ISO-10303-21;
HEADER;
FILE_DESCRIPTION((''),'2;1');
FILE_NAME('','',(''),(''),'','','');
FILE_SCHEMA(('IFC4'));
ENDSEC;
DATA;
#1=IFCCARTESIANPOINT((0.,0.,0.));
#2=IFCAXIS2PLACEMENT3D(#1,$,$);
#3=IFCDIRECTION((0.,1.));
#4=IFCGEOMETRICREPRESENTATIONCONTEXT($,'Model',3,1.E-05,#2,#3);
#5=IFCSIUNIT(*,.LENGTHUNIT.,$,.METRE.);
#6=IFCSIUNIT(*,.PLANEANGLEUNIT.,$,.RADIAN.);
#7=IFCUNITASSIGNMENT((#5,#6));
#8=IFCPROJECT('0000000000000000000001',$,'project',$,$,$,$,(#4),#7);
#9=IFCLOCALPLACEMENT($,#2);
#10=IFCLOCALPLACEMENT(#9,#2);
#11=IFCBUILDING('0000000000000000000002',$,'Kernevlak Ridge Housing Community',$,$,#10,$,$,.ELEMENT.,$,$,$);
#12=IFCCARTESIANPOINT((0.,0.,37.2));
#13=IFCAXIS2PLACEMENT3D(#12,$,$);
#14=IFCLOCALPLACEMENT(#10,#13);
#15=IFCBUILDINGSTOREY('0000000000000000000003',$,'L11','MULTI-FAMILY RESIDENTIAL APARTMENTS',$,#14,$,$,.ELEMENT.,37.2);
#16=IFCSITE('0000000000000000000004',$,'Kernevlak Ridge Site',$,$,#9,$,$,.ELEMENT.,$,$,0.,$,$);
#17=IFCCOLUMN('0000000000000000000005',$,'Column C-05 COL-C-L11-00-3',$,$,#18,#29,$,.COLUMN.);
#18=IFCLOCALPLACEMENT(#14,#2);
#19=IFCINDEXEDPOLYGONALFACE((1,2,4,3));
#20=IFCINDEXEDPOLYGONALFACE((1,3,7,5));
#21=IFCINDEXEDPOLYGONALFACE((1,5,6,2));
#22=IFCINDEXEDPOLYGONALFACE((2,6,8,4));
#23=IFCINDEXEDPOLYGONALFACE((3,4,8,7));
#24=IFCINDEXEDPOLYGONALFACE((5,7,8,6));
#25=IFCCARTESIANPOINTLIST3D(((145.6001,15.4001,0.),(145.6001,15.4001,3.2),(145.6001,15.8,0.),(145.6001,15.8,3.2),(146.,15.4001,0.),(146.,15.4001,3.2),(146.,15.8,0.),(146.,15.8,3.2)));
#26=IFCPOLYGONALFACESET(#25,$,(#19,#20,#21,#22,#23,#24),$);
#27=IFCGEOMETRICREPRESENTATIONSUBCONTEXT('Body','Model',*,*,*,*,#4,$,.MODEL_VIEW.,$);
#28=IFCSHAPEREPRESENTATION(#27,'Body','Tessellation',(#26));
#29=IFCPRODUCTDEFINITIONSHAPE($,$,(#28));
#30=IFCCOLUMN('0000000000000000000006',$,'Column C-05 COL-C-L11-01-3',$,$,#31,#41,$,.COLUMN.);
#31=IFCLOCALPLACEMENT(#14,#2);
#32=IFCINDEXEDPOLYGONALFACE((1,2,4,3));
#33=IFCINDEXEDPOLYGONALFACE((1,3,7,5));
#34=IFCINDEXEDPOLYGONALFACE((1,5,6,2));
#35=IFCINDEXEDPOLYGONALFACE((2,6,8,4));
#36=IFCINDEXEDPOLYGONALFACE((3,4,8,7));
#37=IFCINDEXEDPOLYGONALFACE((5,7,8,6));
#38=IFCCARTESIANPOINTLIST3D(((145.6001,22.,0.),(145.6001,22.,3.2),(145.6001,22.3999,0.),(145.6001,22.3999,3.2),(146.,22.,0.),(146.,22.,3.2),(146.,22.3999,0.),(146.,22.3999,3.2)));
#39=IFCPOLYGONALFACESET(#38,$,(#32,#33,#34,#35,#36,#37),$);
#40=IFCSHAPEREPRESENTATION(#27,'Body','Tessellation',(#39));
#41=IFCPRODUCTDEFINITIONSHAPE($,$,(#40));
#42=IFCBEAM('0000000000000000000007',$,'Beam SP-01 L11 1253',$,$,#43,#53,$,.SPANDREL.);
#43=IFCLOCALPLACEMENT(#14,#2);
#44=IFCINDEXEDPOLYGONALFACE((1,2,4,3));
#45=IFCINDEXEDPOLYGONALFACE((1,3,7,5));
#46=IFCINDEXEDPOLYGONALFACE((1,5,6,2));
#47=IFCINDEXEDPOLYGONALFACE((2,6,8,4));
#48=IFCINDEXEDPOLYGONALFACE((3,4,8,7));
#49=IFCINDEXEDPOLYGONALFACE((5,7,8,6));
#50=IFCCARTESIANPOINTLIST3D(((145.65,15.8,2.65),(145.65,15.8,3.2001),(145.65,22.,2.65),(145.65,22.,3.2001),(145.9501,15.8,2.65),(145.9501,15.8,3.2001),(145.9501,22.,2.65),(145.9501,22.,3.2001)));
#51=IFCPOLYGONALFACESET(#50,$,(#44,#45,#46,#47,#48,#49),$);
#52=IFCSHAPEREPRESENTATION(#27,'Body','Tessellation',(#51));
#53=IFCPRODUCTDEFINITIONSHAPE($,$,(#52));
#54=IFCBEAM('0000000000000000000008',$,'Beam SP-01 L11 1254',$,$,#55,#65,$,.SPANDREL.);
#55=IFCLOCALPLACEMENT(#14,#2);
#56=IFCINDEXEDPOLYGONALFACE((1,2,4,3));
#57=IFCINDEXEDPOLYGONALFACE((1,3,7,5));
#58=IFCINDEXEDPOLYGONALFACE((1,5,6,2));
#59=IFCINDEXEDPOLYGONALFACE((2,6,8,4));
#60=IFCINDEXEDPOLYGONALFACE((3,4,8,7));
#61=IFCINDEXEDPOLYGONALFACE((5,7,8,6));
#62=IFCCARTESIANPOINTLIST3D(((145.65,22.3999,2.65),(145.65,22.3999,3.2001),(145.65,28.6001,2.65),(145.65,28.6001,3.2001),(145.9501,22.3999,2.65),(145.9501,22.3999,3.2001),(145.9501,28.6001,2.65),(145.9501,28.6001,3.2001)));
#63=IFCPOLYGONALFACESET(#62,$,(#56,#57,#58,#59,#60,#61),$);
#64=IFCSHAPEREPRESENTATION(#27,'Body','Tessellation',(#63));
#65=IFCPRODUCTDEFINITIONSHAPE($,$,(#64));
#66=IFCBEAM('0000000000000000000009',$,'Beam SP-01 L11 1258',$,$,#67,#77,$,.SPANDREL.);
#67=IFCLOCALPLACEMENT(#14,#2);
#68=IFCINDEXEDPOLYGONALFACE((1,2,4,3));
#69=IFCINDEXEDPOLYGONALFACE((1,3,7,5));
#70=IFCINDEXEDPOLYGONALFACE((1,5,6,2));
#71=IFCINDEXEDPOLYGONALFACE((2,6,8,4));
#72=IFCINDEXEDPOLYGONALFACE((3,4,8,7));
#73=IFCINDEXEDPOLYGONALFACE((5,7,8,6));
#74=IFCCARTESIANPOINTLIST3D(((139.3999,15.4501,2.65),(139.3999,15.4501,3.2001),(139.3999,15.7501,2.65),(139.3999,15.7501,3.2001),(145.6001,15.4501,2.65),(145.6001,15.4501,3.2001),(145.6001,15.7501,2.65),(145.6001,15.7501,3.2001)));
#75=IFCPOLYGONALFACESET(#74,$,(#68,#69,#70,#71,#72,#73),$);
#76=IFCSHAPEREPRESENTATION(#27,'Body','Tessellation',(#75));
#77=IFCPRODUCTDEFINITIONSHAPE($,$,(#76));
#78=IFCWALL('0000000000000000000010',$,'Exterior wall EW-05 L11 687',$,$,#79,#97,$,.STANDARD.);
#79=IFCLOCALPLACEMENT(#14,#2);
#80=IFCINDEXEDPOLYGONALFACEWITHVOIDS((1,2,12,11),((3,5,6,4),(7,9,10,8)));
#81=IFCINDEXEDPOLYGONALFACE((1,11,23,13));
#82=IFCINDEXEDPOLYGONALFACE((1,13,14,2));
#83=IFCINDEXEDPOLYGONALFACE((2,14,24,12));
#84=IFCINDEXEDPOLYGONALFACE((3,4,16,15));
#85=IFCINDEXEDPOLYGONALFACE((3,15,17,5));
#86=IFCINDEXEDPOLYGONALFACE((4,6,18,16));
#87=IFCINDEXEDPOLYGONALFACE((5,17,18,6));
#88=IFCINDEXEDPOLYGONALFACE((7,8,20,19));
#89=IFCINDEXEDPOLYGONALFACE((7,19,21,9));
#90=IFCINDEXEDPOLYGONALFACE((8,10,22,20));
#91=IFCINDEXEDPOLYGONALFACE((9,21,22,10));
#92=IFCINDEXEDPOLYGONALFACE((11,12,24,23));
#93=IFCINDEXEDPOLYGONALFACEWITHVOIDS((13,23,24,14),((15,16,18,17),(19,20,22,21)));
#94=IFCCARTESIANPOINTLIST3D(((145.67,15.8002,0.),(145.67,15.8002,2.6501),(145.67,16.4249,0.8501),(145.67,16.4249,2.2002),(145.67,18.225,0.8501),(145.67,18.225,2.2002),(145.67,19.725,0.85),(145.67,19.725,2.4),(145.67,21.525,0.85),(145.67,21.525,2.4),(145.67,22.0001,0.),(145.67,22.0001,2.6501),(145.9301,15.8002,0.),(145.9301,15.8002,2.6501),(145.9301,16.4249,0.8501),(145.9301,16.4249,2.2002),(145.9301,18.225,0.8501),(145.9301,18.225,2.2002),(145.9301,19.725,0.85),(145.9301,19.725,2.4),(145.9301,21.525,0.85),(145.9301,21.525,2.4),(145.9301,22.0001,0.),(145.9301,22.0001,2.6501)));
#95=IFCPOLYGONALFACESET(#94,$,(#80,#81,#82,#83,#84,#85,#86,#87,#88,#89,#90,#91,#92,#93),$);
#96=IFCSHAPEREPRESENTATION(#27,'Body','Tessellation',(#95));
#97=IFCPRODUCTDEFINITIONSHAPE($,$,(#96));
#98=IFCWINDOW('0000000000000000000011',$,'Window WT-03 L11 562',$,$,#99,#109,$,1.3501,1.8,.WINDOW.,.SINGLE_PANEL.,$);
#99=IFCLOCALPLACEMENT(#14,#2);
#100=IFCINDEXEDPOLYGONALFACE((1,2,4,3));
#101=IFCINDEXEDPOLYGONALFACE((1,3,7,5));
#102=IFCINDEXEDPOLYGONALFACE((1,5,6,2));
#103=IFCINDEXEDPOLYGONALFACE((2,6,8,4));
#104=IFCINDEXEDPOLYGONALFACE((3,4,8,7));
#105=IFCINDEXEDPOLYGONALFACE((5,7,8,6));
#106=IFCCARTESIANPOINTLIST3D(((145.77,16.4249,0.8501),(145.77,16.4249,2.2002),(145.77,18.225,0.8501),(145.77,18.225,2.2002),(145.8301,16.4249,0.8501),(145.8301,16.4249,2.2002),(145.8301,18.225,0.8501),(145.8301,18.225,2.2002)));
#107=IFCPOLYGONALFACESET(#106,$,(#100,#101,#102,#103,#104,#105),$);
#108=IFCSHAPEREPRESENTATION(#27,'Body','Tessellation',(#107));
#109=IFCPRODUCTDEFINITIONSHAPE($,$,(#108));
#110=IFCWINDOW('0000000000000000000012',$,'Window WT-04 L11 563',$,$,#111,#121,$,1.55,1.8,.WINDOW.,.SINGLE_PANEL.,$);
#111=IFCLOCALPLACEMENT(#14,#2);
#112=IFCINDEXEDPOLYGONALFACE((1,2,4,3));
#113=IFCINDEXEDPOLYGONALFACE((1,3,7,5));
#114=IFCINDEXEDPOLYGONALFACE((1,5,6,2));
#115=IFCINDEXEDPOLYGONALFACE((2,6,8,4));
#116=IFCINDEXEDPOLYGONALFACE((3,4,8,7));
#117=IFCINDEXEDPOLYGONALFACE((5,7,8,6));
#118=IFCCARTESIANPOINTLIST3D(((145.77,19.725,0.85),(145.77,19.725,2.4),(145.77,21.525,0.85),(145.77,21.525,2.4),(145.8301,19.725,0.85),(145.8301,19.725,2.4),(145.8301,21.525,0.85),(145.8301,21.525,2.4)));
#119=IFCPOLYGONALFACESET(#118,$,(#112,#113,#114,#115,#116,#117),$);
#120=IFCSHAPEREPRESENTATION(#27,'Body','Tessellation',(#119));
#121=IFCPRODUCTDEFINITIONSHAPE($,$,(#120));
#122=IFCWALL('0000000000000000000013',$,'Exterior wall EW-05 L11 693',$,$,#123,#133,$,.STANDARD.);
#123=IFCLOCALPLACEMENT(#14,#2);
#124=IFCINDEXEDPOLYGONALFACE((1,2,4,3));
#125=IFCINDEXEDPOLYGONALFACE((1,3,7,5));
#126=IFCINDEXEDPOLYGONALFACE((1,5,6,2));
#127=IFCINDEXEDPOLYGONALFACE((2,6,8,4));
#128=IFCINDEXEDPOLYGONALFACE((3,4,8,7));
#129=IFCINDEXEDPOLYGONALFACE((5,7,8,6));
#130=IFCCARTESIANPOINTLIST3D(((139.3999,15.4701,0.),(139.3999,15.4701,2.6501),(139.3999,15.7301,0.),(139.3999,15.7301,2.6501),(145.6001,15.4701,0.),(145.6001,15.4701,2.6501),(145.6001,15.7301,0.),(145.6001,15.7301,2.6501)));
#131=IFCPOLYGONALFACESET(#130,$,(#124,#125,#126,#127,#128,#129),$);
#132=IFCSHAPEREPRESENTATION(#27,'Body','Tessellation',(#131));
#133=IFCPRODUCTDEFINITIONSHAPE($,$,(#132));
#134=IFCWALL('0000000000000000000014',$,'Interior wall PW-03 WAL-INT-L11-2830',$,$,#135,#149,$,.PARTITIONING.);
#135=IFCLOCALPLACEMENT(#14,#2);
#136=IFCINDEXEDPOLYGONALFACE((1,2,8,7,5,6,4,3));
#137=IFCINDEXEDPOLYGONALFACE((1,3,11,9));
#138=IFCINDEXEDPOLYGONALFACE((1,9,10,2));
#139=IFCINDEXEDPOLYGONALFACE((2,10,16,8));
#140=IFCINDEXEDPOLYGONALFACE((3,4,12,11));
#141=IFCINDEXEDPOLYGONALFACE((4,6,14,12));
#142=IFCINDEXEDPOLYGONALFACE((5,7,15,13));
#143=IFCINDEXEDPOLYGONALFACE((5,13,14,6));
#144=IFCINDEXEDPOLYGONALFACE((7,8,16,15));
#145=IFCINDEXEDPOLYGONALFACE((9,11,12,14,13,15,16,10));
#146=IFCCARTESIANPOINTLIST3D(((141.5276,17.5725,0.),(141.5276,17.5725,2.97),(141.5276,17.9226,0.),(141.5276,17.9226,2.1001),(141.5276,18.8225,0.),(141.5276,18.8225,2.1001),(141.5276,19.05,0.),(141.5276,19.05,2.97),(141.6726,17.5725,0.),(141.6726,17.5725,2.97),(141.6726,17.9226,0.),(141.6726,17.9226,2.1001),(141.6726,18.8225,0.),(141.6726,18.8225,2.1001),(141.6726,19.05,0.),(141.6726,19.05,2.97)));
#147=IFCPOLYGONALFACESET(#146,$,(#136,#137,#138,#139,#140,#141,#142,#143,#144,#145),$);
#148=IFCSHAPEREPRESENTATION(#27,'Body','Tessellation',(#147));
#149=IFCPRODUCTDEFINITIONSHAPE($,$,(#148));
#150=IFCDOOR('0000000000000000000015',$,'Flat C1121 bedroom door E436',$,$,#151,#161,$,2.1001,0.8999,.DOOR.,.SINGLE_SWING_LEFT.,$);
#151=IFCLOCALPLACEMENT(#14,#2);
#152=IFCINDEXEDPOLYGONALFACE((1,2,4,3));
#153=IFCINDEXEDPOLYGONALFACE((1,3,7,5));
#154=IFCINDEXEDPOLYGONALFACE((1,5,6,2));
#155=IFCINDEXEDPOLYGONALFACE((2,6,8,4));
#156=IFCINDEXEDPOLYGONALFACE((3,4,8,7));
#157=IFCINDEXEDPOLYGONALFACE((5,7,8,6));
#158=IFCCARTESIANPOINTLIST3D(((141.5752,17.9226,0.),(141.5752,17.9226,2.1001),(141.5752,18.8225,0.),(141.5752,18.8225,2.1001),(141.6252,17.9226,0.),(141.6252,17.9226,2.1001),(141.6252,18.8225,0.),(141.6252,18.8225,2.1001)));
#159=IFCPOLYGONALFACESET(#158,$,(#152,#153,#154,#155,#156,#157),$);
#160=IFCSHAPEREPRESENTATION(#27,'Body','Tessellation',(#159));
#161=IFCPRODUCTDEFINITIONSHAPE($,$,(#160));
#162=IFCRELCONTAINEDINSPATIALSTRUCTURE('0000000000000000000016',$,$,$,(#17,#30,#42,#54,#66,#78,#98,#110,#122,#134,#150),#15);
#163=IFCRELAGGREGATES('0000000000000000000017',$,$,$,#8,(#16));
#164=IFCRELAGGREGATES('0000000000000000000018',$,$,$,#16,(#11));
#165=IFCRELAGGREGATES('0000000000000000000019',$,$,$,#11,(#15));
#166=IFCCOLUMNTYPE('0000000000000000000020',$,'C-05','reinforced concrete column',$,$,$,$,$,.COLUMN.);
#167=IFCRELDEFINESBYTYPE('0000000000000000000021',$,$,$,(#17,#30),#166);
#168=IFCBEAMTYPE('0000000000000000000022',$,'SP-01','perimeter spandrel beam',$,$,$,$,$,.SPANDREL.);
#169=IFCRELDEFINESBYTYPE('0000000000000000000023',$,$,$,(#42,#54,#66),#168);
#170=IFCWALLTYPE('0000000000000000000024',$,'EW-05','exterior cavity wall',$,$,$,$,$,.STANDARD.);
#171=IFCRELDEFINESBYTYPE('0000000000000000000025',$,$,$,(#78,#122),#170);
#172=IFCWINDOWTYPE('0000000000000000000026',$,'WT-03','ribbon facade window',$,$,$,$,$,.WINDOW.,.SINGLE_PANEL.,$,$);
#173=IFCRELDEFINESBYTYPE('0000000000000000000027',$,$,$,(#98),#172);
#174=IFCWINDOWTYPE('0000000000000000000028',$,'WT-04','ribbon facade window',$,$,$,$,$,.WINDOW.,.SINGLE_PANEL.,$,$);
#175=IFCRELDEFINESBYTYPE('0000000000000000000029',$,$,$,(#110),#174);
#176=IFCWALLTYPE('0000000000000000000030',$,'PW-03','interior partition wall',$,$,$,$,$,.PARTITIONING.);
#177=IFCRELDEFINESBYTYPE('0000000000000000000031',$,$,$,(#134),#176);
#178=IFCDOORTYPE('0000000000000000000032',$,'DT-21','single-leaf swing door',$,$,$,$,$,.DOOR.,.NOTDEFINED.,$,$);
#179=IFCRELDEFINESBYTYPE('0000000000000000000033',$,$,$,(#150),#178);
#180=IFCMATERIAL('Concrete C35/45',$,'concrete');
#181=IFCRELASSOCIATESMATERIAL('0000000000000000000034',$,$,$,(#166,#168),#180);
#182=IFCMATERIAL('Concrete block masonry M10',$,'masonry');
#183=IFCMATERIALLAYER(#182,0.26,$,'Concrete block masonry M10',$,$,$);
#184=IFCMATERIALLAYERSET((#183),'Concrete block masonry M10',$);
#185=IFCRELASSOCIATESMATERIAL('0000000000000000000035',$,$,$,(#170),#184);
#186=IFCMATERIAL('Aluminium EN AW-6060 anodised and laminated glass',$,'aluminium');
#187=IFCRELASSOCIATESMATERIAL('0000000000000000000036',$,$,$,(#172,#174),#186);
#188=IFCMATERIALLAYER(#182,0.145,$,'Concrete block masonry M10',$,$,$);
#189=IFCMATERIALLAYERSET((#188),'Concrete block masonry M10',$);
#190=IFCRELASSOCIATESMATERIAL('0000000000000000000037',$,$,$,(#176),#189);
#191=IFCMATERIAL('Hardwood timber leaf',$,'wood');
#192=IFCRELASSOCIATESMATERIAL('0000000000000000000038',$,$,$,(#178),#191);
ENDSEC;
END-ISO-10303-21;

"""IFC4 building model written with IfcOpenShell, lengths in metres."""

from ifc_helpers import new_model, si_unit, direction, frame, frame_2d, origin, origin_2d, place, context, subcontext, project, spatial, rectangle, extrude, material, layer, layer_set, material_profile, profile_set, type_object, element, fill, save


model = new_model("IFC4")

# Units and contexts
model_context = context("Model", 3, precision=1e-05, world=origin(), true_north=direction((0.0, 1.0)))
body_context = subcontext(model_context, "Body", "Model", "MODEL_VIEW")
ifc_project = project(units=[si_unit("LENGTHUNIT", "METRE"), si_unit("PLANEANGLEUNIT", "RADIAN")], contexts=[model_context])

# Site, building, storey
site_placement = place(None, origin())
site = spatial("IfcSite", under=ifc_project, at=site_placement, Name="Kernevlak Ridge Site", CompositionType="ELEMENT", RefElevation=0.0)
building_placement = place(site_placement, origin())
building = spatial("IfcBuilding", under=site, at=building_placement, Name="Kernevlak Ridge Housing Community", CompositionType="ELEMENT")
storey_placement = place(building_placement, frame((0.0, 0.0, 37.2)))
storey = spatial("IfcBuildingStorey", under=building, at=storey_placement, Name="L11", Description="MULTI-FAMILY RESIDENTIAL APARTMENTS", CompositionType="ELEMENT", Elevation=37.2)

# Columns
ifc_material_1 = material(Name="Concrete C35/45", Category="concrete")
ifc_material_profile_1 = material_profile(ifc_material_1, rectangle(XDim=0.3999, YDim=0.3999, at=origin_2d()), Name="RC 400x400")
ifc_profile_set_1 = profile_set([ifc_material_profile_1], Name="Concrete C35/45")
column_type = type_object("IfcColumnType", Name="C-05", Description="reinforced concrete column", PredefinedType="COLUMN", material=ifc_profile_set_1)
for number, where, z_axis, x_axis, name in (
    (1, (145.8, 15.6001, 0.0), (0.0, 0.0, 1.0), (1.0, 0.0, 0.0), "Column C-05 COL-C-L11-00-3"),
    (2, (145.8, 22.2, 0.0), (0.0, 0.0, 1.0), (1.0, 0.0, 0.0), "Column C-05 COL-C-L11-01-3"),
):
    element("IfcColumn", number, at=place(storey_placement, frame(where, z_axis=z_axis, x_axis=x_axis)), inside=storey, type_object=column_type, Name=name, PredefinedType="COLUMN", context=body_context, shape_type="SweptSolid", body=[
        extrude(rectangle(XDim=0.3999, YDim=0.3999, at=origin_2d()), origin(), (0.0, 0.0, 1.0), 3.2),
    ])

# Beams
ifc_material_profile_2 = material_profile(ifc_material_1, rectangle(XDim=0.3, YDim=0.55, at=origin_2d()), Name="RC 300x550")
ifc_profile_set_2 = profile_set([ifc_material_profile_2], Name="Concrete C35/45")
beam_type = type_object("IfcBeamType", Name="SP-01", Description="perimeter spandrel beam", PredefinedType="SPANDREL", material=ifc_profile_set_2)
beam_placement = place(storey_placement, frame((145.8, 15.8, 2.925), z_axis=(0.0, 1.0, 0.0), x_axis=(-1.0, 0.0, 0.0)))
element("IfcBeam", 3, at=beam_placement, inside=storey, type_object=beam_type, Name="Beam SP-01 L11 1253", PredefinedType="SPANDREL", context=body_context, shape_type="SweptSolid", body=[
    extrude(rectangle(XDim=0.3, YDim=0.55, at=origin_2d()), origin(), (0.0, 0.0, 1.0), 6.2),
])
for number, where, z_axis, x_axis, name in (
    (4, (145.8, 22.3999, 2.925), (0.0, 1.0, 0.0), (-1.0, 0.0, 0.0), "Beam SP-01 L11 1254"),
    (5, (139.3999, 15.6001, 2.925), (1.0, 0.0, 0.0), (0.0, 1.0, 0.0), "Beam SP-01 L11 1258"),
):
    element("IfcBeam", number, at=place(storey_placement, frame(where, z_axis=z_axis, x_axis=x_axis)), inside=storey, type_object=beam_type, Name=name, PredefinedType="SPANDREL", context=body_context, shape_type="SweptSolid", body=[
        extrude(rectangle(XDim=0.3, YDim=0.55, at=origin_2d()), origin(), (0.0, 0.0, 1.0), 6.2002),
    ])

# Wall, openings, windows
ifc_material_2 = material(Name="Concrete block masonry M10", Category="masonry")
ifc_layer_1 = layer(ifc_material_2, 0.26, Name="Concrete block masonry M10")
ifc_layer_set_1 = layer_set([ifc_layer_1], Name="Concrete block masonry M10")
wall_type_1 = type_object("IfcWallType", Name="EW-05", Description="exterior cavity wall", PredefinedType="STANDARD", material=ifc_layer_set_1)
wall_1_placement = place(storey_placement, frame((145.8, 15.8, 0.0), z_axis=(0.0, 0.0, 1.0), x_axis=(0.0, 1.0, 0.0)))
wall_1 = element("IfcWall", 6, at=wall_1_placement, inside=storey, type_object=wall_type_1, Name="Exterior wall EW-05 L11 687", PredefinedType="STANDARD", context=body_context, shape_type="SweptSolid", body=[
    extrude(rectangle(XDim=6.2, YDim=0.26, at=frame_2d((3.1001, 0.0))), origin(), (0.0, 0.0, 1.0), 2.6501),
])
opening_1_placement = place(wall_1_placement, frame((0.625, 0.0, 0.8501)))
opening_1 = element("IfcOpeningElement", 7, at=opening_1_placement, cuts=wall_1, PredefinedType="OPENING", context=body_context, shape_type="SweptSolid", body=[
    extrude(rectangle(XDim=1.8, YDim=1.3501, at=frame_2d((0.8999, 0.675))), frame((0.0, 0.1399, 0.0), z_axis=(0.0, -1.0, 0.0), x_axis=(1.0, 0.0, 0.0)), (0.0, 0.0, 1.0), 0.28),
])
opening_2_placement = place(wall_1_placement, frame((3.925, 0.0, 0.8501)))
opening_2 = element("IfcOpeningElement", 8, at=opening_2_placement, cuts=wall_1, PredefinedType="OPENING", context=body_context, shape_type="SweptSolid", body=[
    extrude(rectangle(XDim=1.8, YDim=1.55, at=frame_2d((0.8999, 0.7749))), frame((0.0, 0.1399, 0.0), z_axis=(0.0, -1.0, 0.0), x_axis=(1.0, 0.0, 0.0)), (0.0, 0.0, 1.0), 0.28),
])
ifc_material_3 = material(Name="Aluminium EN AW-6060 anodised and laminated glass", Category="aluminium")
window_type_1 = type_object("IfcWindowType", Name="WT-03", Description="ribbon facade window", PartitioningType="SINGLE_PANEL", PredefinedType="WINDOW", material=ifc_material_3)
window_1_placement = place(opening_1_placement, origin())
window_1 = element("IfcWindow", 9, at=window_1_placement, inside=storey, type_object=window_type_1, Name="Window WT-03 L11 562", OverallHeight=1.3501, OverallWidth=1.8, PartitioningType="SINGLE_PANEL", PredefinedType="WINDOW", context=body_context, shape_type="SweptSolid", body=[
    extrude(rectangle(XDim=1.8, YDim=1.3501, at=frame_2d((0.8999, 0.675))), frame((0.0, 0.03, 0.0), z_axis=(0.0, -1.0, 0.0), x_axis=(1.0, 0.0, 0.0)), (0.0, 0.0, 1.0), 0.0601),
])
fill(opening_1, window_1)
window_type_2 = type_object("IfcWindowType", Name="WT-04", Description="ribbon facade window", PartitioningType="SINGLE_PANEL", PredefinedType="WINDOW", material=ifc_material_3)
window_2_placement = place(opening_2_placement, origin())
window_2 = element("IfcWindow", 10, at=window_2_placement, inside=storey, type_object=window_type_2, Name="Window WT-04 L11 563", OverallHeight=1.55, OverallWidth=1.8, PartitioningType="SINGLE_PANEL", PredefinedType="WINDOW", context=body_context, shape_type="SweptSolid", body=[
    extrude(rectangle(XDim=1.8, YDim=1.55, at=frame_2d((0.8999, 0.7749))), frame((0.0, 0.03, 0.0), z_axis=(0.0, -1.0, 0.0), x_axis=(1.0, 0.0, 0.0)), (0.0, 0.0, 1.0), 0.0601),
])
fill(opening_2, window_2)

# Wall
wall_2_placement = place(storey_placement, frame((139.3999, 15.6001, 0.0), z_axis=(0.0, 0.0, 1.0), x_axis=(1.0, 0.0, 0.0)))
element("IfcWall", 11, at=wall_2_placement, inside=storey, type_object=wall_type_1, Name="Exterior wall EW-05 L11 693", PredefinedType="STANDARD", context=body_context, shape_type="SweptSolid", body=[
    extrude(rectangle(XDim=6.2002, YDim=0.26, at=frame_2d((3.1001, 0.0))), origin(), (0.0, 0.0, 1.0), 2.6501),
])

# Wall, opening, door
ifc_layer_2 = layer(ifc_material_2, 0.145, Name="Concrete block masonry M10")
ifc_layer_set_2 = layer_set([ifc_layer_2], Name="Concrete block masonry M10")
wall_type_2 = type_object("IfcWallType", Name="PW-03", Description="interior partition wall", PredefinedType="PARTITIONING", material=ifc_layer_set_2)
wall_3_placement = place(storey_placement, frame((141.6001, 17.5725, 0.0), z_axis=(0.0, 0.0, 1.0), x_axis=(0.0, 1.0, 0.0)))
wall_3 = element("IfcWall", 12, at=wall_3_placement, inside=storey, type_object=wall_type_2, Name="Interior wall PW-03 WAL-INT-L11-2830", PredefinedType="PARTITIONING", context=body_context, shape_type="SweptSolid", body=[
    extrude(rectangle(XDim=1.4775, YDim=0.145, at=frame_2d((0.7388, 0.0))), origin(), (0.0, 0.0, 1.0), 2.97),
])
opening_3_placement = place(wall_3_placement, frame((0.3501, 0.0, 0.0)))
opening_3 = element("IfcOpeningElement", 13, at=opening_3_placement, cuts=wall_3, PredefinedType="OPENING", context=body_context, shape_type="SweptSolid", body=[
    extrude(rectangle(XDim=0.8999, YDim=2.1001, at=frame_2d((0.45, 1.05))), frame((0.0, 0.0825, 0.0), z_axis=(0.0, -1.0, 0.0), x_axis=(1.0, 0.0, 0.0)), (0.0, 0.0, 1.0), 0.165),
])
ifc_material_4 = material(Name="Hardwood timber leaf", Category="wood")
door_type_1 = type_object("IfcDoorType", Name="DT-21", Description="single-leaf swing door", OperationType="NOTDEFINED", PredefinedType="DOOR", material=ifc_material_4)
door_1_placement = place(opening_3_placement, origin())
door_1 = element("IfcDoor", 14, at=door_1_placement, inside=storey, type_object=door_type_1, Name="Flat C1121 bedroom door E436", OperationType="SINGLE_SWING_LEFT", OverallHeight=2.1001, OverallWidth=0.8999, PredefinedType="DOOR", context=body_context, shape_type="SweptSolid", body=[
    extrude(rectangle(XDim=0.8999, YDim=2.1001, at=frame_2d((0.45, 1.05))), frame((0.0, 0.0249, 0.0), z_axis=(0.0, -1.0, 0.0), x_axis=(1.0, 0.0, 0.0)), (0.0, 0.0, 1.0), 0.05),
])
fill(opening_3, door_1)

save(model, "model.ifc")
